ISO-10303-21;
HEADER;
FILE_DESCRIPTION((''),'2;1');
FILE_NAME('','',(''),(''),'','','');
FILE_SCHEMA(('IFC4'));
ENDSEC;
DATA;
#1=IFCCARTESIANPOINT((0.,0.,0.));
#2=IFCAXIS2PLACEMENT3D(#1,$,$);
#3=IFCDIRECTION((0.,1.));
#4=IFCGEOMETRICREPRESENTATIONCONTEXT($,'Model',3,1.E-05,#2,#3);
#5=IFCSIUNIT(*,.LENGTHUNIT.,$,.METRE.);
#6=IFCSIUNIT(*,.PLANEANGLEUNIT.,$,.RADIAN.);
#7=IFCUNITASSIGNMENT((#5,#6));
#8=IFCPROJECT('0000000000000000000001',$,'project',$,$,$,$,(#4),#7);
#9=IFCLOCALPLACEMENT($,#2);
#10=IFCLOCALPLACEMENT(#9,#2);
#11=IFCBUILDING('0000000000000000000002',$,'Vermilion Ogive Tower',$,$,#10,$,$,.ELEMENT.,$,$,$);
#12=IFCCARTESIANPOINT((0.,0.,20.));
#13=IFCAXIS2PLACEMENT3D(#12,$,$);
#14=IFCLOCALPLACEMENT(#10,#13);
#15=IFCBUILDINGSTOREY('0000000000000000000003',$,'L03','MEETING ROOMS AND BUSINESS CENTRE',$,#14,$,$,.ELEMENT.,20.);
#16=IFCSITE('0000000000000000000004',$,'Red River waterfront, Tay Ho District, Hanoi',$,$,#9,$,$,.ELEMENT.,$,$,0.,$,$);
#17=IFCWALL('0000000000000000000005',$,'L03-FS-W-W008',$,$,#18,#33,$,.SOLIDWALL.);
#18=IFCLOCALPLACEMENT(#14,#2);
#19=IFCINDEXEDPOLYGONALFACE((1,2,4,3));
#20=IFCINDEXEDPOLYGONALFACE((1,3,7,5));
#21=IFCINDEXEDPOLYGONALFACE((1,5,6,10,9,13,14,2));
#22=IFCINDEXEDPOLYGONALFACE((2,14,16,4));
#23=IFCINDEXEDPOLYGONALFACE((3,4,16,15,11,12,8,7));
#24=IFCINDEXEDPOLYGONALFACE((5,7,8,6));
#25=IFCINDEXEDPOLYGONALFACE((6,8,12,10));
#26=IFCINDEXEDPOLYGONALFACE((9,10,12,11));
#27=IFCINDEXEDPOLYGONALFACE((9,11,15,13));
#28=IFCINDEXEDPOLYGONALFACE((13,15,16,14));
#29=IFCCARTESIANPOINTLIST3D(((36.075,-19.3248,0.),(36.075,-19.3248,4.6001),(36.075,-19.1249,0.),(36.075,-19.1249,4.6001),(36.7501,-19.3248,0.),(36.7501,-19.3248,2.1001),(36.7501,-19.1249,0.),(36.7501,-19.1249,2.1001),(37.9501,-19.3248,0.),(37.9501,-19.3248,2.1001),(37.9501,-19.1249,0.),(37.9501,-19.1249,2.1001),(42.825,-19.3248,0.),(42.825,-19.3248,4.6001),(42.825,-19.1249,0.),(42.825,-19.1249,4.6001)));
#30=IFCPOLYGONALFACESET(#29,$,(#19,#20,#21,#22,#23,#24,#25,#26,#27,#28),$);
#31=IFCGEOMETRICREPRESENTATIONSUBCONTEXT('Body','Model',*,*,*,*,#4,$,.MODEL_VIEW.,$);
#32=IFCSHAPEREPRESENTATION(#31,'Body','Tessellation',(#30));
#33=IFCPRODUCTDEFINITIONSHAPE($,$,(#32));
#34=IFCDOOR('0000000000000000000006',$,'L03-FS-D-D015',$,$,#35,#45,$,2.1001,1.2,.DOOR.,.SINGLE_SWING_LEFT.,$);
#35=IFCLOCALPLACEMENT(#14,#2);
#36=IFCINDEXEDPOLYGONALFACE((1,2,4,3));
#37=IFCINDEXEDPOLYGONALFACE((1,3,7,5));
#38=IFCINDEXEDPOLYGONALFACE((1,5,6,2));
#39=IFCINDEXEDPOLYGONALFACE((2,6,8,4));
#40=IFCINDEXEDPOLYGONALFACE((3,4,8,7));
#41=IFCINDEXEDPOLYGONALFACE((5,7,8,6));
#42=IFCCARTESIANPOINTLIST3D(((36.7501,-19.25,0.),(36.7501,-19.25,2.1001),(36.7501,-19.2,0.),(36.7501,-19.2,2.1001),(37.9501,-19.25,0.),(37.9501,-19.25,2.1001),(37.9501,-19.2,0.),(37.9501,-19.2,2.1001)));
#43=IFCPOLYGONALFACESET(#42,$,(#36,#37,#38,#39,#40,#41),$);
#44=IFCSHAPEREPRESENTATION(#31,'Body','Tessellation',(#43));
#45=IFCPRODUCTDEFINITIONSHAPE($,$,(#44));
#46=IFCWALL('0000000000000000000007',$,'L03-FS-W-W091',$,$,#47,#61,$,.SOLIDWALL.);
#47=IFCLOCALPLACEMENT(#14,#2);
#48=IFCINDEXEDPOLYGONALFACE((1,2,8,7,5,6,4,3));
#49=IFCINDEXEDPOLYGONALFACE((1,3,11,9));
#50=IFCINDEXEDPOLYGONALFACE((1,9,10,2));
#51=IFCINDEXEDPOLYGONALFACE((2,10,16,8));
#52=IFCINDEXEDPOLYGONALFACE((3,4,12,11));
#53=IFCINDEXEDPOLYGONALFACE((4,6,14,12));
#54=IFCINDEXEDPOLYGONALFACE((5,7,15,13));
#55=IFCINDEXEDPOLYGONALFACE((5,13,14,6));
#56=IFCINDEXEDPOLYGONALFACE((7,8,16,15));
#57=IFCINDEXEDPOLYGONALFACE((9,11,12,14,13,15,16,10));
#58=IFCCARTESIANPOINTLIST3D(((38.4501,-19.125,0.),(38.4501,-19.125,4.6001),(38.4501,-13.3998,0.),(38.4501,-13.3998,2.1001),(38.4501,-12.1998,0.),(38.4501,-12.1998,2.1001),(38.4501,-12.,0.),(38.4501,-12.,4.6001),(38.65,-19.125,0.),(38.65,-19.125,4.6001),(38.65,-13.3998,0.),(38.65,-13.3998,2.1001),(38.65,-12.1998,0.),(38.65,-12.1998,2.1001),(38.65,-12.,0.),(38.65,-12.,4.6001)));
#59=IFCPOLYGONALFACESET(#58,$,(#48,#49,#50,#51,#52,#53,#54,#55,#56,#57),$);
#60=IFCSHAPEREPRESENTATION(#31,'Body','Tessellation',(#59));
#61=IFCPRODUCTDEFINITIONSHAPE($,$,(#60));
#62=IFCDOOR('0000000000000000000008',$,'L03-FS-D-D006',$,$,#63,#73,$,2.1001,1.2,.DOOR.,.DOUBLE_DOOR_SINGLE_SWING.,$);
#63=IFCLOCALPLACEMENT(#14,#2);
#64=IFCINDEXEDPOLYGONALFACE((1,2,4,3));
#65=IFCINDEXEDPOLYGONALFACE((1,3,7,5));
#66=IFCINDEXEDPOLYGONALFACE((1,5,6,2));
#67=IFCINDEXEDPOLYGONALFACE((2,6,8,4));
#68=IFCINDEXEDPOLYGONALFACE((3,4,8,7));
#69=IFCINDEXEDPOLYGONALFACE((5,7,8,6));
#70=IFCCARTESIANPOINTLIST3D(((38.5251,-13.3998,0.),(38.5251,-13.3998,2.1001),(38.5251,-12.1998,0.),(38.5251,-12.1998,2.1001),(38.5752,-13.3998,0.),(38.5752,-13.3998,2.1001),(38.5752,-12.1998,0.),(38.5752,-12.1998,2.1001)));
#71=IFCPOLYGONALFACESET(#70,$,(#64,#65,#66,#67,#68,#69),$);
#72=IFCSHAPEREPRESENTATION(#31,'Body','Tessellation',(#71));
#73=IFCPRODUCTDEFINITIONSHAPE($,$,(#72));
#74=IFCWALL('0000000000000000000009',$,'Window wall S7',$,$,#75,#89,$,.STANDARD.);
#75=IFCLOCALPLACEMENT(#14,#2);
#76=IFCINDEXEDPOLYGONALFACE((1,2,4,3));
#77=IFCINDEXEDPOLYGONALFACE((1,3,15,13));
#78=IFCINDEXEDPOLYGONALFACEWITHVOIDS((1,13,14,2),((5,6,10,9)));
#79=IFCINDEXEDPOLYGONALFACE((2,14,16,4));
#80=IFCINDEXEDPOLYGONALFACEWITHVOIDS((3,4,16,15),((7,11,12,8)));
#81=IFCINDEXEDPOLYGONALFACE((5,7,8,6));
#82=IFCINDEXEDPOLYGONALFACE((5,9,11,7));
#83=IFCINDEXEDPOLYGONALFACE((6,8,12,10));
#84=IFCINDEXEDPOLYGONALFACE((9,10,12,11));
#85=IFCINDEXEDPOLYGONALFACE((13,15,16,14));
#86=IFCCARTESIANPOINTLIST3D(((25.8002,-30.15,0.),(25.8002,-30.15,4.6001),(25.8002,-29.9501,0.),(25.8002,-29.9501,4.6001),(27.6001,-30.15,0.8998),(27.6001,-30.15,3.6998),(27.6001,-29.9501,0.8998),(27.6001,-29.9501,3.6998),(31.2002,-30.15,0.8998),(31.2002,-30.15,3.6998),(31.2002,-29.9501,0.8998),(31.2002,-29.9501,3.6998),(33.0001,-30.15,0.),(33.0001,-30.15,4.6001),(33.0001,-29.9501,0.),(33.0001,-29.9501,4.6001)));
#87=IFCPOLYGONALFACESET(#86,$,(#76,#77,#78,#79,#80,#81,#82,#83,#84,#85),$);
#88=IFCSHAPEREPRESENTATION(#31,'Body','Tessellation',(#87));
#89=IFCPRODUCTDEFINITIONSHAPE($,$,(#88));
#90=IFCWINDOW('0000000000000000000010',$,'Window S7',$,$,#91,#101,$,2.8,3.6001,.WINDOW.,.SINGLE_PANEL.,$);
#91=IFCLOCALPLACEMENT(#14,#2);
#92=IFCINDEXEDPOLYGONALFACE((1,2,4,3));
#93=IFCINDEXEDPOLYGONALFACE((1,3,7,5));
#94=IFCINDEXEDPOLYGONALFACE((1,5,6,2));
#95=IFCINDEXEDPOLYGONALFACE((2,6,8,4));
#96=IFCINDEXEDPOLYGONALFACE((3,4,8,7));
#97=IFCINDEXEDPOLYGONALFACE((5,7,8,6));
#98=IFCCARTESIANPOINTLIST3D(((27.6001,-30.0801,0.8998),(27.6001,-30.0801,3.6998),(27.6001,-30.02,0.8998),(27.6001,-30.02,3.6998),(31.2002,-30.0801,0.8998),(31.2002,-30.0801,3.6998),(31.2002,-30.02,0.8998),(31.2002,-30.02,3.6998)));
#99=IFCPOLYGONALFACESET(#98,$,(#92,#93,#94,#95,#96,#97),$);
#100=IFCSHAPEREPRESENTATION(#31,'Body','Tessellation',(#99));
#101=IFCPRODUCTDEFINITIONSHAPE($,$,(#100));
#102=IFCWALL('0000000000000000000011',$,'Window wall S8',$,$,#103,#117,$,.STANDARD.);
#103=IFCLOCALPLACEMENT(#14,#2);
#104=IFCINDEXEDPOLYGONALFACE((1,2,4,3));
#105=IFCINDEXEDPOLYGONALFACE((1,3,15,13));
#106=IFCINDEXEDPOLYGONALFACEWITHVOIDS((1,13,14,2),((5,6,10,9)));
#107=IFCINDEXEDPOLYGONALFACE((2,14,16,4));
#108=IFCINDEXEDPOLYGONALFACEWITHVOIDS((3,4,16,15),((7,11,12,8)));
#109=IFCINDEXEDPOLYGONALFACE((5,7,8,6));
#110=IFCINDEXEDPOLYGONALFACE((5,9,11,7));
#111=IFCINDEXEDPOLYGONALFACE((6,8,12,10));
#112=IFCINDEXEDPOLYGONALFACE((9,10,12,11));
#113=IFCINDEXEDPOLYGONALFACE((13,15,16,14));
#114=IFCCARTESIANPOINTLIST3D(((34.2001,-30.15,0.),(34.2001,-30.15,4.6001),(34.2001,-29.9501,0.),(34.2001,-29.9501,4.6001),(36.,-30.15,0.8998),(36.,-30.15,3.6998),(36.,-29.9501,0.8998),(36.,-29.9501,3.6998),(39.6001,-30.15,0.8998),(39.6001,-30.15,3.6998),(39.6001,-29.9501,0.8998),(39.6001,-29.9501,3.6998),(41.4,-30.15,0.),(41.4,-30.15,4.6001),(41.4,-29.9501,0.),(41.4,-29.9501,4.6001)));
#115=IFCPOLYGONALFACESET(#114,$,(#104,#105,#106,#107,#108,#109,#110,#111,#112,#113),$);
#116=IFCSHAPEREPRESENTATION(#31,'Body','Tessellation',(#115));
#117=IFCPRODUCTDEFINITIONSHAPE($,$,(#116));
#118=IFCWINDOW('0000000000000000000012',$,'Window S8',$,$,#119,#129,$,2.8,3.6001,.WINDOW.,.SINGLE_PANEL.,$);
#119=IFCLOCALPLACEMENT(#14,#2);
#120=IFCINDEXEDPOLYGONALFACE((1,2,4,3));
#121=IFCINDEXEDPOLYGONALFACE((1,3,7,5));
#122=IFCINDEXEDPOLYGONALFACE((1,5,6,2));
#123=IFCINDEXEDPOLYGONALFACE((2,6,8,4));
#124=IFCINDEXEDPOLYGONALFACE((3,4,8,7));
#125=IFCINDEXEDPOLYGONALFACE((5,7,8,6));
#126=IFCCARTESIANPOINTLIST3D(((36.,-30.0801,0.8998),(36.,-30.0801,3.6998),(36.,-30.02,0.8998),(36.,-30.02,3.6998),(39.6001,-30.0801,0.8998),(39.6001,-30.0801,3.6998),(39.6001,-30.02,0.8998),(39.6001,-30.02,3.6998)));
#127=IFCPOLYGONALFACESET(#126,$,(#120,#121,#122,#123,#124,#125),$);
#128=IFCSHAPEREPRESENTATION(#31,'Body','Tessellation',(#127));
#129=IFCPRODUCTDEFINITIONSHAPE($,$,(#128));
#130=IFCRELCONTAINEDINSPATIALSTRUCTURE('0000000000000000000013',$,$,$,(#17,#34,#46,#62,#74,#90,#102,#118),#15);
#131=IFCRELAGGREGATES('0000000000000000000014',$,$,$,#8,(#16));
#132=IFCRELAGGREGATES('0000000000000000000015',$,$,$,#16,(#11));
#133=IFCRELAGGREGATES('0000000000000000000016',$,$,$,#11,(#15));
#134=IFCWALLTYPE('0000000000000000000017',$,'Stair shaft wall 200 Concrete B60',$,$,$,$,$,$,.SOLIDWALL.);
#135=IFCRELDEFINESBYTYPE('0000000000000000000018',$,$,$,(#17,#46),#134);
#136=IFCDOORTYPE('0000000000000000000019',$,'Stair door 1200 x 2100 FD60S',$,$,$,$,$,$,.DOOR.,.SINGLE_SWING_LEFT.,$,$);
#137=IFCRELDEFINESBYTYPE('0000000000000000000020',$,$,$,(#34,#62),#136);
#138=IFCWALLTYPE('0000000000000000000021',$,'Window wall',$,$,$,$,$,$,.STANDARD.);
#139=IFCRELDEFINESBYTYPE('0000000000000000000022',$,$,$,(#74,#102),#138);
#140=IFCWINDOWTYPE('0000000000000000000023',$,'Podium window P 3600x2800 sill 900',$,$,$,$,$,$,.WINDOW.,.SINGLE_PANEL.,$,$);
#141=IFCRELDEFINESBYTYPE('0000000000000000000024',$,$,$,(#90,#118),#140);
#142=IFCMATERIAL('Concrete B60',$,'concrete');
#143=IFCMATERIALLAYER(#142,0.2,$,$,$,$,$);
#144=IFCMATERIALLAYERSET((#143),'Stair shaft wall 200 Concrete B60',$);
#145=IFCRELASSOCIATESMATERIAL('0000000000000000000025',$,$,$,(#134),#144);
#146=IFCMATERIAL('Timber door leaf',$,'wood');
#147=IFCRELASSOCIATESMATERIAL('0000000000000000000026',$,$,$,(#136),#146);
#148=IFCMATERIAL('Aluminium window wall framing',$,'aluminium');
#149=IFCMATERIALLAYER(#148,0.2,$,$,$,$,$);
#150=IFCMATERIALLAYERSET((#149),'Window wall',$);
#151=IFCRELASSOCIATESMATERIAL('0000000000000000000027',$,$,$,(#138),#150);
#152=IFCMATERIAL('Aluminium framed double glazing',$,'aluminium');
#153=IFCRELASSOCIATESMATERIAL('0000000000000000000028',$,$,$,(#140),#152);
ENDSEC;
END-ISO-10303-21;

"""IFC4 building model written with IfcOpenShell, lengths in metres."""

from ifc_helpers import new_model, si_unit, direction, frame, frame_2d, origin, place, context, subcontext, project, spatial, rectangle, extrude, material, layer, layer_set, type_object, element, fill, save


model = new_model("IFC4")

# Units and contexts
model_context = context("Model", 3, precision=1e-05, world=origin(), true_north=direction((0.0, 1.0)))
body_context = subcontext(model_context, "Body", "Model", "MODEL_VIEW")
ifc_project = project(units=[si_unit("LENGTHUNIT", "METRE"), si_unit("PLANEANGLEUNIT", "RADIAN")], contexts=[model_context])

# Site, building, storey
site_placement = place(None, origin())
site = spatial("IfcSite", under=ifc_project, at=site_placement, Name="Red River waterfront, Tay Ho District, Hanoi", CompositionType="ELEMENT", RefElevation=0.0)
building_placement = place(site_placement, origin())
building = spatial("IfcBuilding", under=site, at=building_placement, Name="Vermilion Ogive Tower", CompositionType="ELEMENT")
storey_placement = place(building_placement, frame((0.0, 0.0, 20.0)))
storey = spatial("IfcBuildingStorey", under=building, at=storey_placement, Name="L03", Description="MEETING ROOMS AND BUSINESS CENTRE", CompositionType="ELEMENT", Elevation=20.0)

# Walls, openings, doors
ifc_material_1 = material(Name="Concrete B60", Category="concrete")
ifc_layer_1 = layer(ifc_material_1, 0.2)
ifc_layer_set_1 = layer_set([ifc_layer_1], Name="Stair shaft wall 200 Concrete B60")
wall_type_1 = type_object("IfcWallType", Name="Stair shaft wall 200 Concrete B60", PredefinedType="SOLIDWALL", material=ifc_layer_set_1)
wall_1_placement = place(storey_placement, frame((36.075, -19.2249, 0.0), z_axis=(0.0, 0.0, 1.0), x_axis=(1.0, 0.0, 0.0)))
wall_1 = element("IfcWall", 1, at=wall_1_placement, inside=storey, type_object=wall_type_1, Name="L03-FS-W-W008", PredefinedType="SOLIDWALL", context=body_context, shape_type="SweptSolid", body=[
    extrude(rectangle(XDim=6.75, YDim=0.2, at=frame_2d((3.375, 0.0))), origin(), (0.0, 0.0, 1.0), 4.6001),
])
opening_1_placement = place(wall_1_placement, frame((0.675, 0.0, 0.0)))
opening_1 = element("IfcOpeningElement", 2, at=opening_1_placement, cuts=wall_1, PredefinedType="OPENING", context=body_context, shape_type="SweptSolid", body=[
    extrude(rectangle(XDim=1.2, YDim=2.1001, at=frame_2d((0.6001, 1.05))), frame((0.0, 0.1099, 0.0), z_axis=(0.0, -1.0, 0.0), x_axis=(1.0, 0.0, 0.0)), (0.0, 0.0, 1.0), 0.22),
])
ifc_material_2 = material(Name="Timber door leaf", Category="wood")
door_type_1 = type_object("IfcDoorType", Name="Stair door 1200 x 2100 FD60S", OperationType="SINGLE_SWING_LEFT", PredefinedType="DOOR", material=ifc_material_2)
door_1_placement = place(opening_1_placement, origin())
door_1 = element("IfcDoor", 3, at=door_1_placement, inside=storey, type_object=door_type_1, Name="L03-FS-D-D015", OperationType="SINGLE_SWING_LEFT", OverallHeight=2.1001, OverallWidth=1.2, PredefinedType="DOOR", context=body_context, shape_type="SweptSolid", body=[
    extrude(rectangle(XDim=1.2, YDim=2.1001, at=frame_2d((0.6001, 1.05))), frame((0.0, 0.0249, 0.0), z_axis=(0.0, -1.0, 0.0), x_axis=(1.0, 0.0, 0.0)), (0.0, 0.0, 1.0), 0.05),
])
fill(opening_1, door_1)
wall_2_placement = place(storey_placement, frame((38.55, -19.125, 0.0), z_axis=(0.0, 0.0, 1.0), x_axis=(0.0, 1.0, 0.0)))
wall_2 = element("IfcWall", 4, at=wall_2_placement, inside=storey, type_object=wall_type_1, Name="L03-FS-W-W091", PredefinedType="SOLIDWALL", context=body_context, shape_type="SweptSolid", body=[
    extrude(rectangle(XDim=7.125, YDim=0.2, at=frame_2d((3.5625, 0.0))), origin(), (0.0, 0.0, 1.0), 4.6001),
])
opening_2_placement = place(wall_2_placement, frame((5.7251, 0.0, 0.0)))
opening_2 = element("IfcOpeningElement", 5, at=opening_2_placement, cuts=wall_2, PredefinedType="OPENING", context=body_context, shape_type="SweptSolid", body=[
    extrude(rectangle(XDim=1.2, YDim=2.1001, at=frame_2d((0.6001, 1.05))), frame((0.0, 0.1099, 0.0), z_axis=(0.0, -1.0, 0.0), x_axis=(1.0, 0.0, 0.0)), (0.0, 0.0, 1.0), 0.22),
])
door_2_placement = place(opening_2_placement, origin())
door_2 = element("IfcDoor", 6, at=door_2_placement, inside=storey, type_object=door_type_1, Name="L03-FS-D-D006", OperationType="DOUBLE_DOOR_SINGLE_SWING", OverallHeight=2.1001, OverallWidth=1.2, PredefinedType="DOOR", context=body_context, shape_type="SweptSolid", body=[
    extrude(rectangle(XDim=1.2, YDim=2.1001, at=frame_2d((0.6001, 1.05))), frame((0.0, 0.0249, 0.0), z_axis=(0.0, -1.0, 0.0), x_axis=(1.0, 0.0, 0.0)), (0.0, 0.0, 1.0), 0.05),
])
fill(opening_2, door_2)

# Walls, openings, windows
ifc_material_3 = material(Name="Aluminium window wall framing", Category="aluminium")
ifc_layer_2 = layer(ifc_material_3, 0.2)
ifc_layer_set_2 = layer_set([ifc_layer_2], Name="Window wall")
wall_type_2 = type_object("IfcWallType", Name="Window wall", PredefinedType="STANDARD", material=ifc_layer_set_2)
wall_3_placement = place(storey_placement, frame((25.8, -30.05, 0.0), z_axis=(0.0, 0.0, 1.0), x_axis=(1.0, 0.0, 0.0)))
wall_3 = element("IfcWall", 7, at=wall_3_placement, inside=storey, type_object=wall_type_2, Name="Window wall S7", PredefinedType="STANDARD", context=body_context, shape_type="SweptSolid", body=[
    extrude(rectangle(XDim=7.2, YDim=0.2, at=frame_2d((3.6001, 0.0))), origin(), (0.0, 0.0, 1.0), 4.6001),
])
opening_3_placement = place(wall_3_placement, frame((1.8, 0.0, 0.8999)))
opening_3 = element("IfcOpeningElement", 8, at=opening_3_placement, cuts=wall_3, PredefinedType="OPENING", context=body_context, shape_type="SweptSolid", body=[
    extrude(rectangle(XDim=3.6001, YDim=2.8, at=frame_2d((1.8, 1.3999))), frame((0.0, 0.1099, 0.0), z_axis=(0.0, -1.0, 0.0), x_axis=(1.0, 0.0, 0.0)), (0.0, 0.0, 1.0), 0.22),
])
ifc_material_4 = material(Name="Aluminium framed double glazing", Category="aluminium")
window_type = type_object("IfcWindowType", Name="Podium window P 3600x2800 sill 900", PartitioningType="SINGLE_PANEL", PredefinedType="WINDOW", material=ifc_material_4)
window_1_placement = place(opening_3_placement, origin())
window_1 = element("IfcWindow", 9, at=window_1_placement, inside=storey, type_object=window_type, Name="Window S7", OverallHeight=2.8, OverallWidth=3.6001, PartitioningType="SINGLE_PANEL", PredefinedType="WINDOW", context=body_context, shape_type="SweptSolid", body=[
    extrude(rectangle(XDim=3.6001, YDim=2.8, at=frame_2d((1.8, 1.3999))), frame((0.0, 0.03, 0.0), z_axis=(0.0, -1.0, 0.0), x_axis=(1.0, 0.0, 0.0)), (0.0, 0.0, 1.0), 0.0601),
])
fill(opening_3, window_1)
wall_4_placement = place(storey_placement, frame((34.2, -30.05, 0.0), z_axis=(0.0, 0.0, 1.0), x_axis=(1.0, 0.0, 0.0)))
wall_4 = element("IfcWall", 10, at=wall_4_placement, inside=storey, type_object=wall_type_2, Name="Window wall S8", PredefinedType="STANDARD", context=body_context, shape_type="SweptSolid", body=[
    extrude(rectangle(XDim=7.2, YDim=0.2, at=frame_2d((3.6001, 0.0))), origin(), (0.0, 0.0, 1.0), 4.6001),
])
opening_4_placement = place(wall_4_placement, frame((1.8, 0.0, 0.8999)))
opening_4 = element("IfcOpeningElement", 11, at=opening_4_placement, cuts=wall_4, PredefinedType="OPENING", context=body_context, shape_type="SweptSolid", body=[
    extrude(rectangle(XDim=3.6001, YDim=2.8, at=frame_2d((1.8, 1.3999))), frame((0.0, 0.1099, 0.0), z_axis=(0.0, -1.0, 0.0), x_axis=(1.0, 0.0, 0.0)), (0.0, 0.0, 1.0), 0.22),
])
window_2_placement = place(opening_4_placement, origin())
window_2 = element("IfcWindow", 12, at=window_2_placement, inside=storey, type_object=window_type, Name="Window S8", OverallHeight=2.8, OverallWidth=3.6001, PartitioningType="SINGLE_PANEL", PredefinedType="WINDOW", context=body_context, shape_type="SweptSolid", body=[
    extrude(rectangle(XDim=3.6001, YDim=2.8, at=frame_2d((1.8, 1.3999))), frame((0.0, 0.03, 0.0), z_axis=(0.0, -1.0, 0.0), x_axis=(1.0, 0.0, 0.0)), (0.0, 0.0, 1.0), 0.0601),
])
fill(opening_4, window_2)

save(model, "model.ifc")
